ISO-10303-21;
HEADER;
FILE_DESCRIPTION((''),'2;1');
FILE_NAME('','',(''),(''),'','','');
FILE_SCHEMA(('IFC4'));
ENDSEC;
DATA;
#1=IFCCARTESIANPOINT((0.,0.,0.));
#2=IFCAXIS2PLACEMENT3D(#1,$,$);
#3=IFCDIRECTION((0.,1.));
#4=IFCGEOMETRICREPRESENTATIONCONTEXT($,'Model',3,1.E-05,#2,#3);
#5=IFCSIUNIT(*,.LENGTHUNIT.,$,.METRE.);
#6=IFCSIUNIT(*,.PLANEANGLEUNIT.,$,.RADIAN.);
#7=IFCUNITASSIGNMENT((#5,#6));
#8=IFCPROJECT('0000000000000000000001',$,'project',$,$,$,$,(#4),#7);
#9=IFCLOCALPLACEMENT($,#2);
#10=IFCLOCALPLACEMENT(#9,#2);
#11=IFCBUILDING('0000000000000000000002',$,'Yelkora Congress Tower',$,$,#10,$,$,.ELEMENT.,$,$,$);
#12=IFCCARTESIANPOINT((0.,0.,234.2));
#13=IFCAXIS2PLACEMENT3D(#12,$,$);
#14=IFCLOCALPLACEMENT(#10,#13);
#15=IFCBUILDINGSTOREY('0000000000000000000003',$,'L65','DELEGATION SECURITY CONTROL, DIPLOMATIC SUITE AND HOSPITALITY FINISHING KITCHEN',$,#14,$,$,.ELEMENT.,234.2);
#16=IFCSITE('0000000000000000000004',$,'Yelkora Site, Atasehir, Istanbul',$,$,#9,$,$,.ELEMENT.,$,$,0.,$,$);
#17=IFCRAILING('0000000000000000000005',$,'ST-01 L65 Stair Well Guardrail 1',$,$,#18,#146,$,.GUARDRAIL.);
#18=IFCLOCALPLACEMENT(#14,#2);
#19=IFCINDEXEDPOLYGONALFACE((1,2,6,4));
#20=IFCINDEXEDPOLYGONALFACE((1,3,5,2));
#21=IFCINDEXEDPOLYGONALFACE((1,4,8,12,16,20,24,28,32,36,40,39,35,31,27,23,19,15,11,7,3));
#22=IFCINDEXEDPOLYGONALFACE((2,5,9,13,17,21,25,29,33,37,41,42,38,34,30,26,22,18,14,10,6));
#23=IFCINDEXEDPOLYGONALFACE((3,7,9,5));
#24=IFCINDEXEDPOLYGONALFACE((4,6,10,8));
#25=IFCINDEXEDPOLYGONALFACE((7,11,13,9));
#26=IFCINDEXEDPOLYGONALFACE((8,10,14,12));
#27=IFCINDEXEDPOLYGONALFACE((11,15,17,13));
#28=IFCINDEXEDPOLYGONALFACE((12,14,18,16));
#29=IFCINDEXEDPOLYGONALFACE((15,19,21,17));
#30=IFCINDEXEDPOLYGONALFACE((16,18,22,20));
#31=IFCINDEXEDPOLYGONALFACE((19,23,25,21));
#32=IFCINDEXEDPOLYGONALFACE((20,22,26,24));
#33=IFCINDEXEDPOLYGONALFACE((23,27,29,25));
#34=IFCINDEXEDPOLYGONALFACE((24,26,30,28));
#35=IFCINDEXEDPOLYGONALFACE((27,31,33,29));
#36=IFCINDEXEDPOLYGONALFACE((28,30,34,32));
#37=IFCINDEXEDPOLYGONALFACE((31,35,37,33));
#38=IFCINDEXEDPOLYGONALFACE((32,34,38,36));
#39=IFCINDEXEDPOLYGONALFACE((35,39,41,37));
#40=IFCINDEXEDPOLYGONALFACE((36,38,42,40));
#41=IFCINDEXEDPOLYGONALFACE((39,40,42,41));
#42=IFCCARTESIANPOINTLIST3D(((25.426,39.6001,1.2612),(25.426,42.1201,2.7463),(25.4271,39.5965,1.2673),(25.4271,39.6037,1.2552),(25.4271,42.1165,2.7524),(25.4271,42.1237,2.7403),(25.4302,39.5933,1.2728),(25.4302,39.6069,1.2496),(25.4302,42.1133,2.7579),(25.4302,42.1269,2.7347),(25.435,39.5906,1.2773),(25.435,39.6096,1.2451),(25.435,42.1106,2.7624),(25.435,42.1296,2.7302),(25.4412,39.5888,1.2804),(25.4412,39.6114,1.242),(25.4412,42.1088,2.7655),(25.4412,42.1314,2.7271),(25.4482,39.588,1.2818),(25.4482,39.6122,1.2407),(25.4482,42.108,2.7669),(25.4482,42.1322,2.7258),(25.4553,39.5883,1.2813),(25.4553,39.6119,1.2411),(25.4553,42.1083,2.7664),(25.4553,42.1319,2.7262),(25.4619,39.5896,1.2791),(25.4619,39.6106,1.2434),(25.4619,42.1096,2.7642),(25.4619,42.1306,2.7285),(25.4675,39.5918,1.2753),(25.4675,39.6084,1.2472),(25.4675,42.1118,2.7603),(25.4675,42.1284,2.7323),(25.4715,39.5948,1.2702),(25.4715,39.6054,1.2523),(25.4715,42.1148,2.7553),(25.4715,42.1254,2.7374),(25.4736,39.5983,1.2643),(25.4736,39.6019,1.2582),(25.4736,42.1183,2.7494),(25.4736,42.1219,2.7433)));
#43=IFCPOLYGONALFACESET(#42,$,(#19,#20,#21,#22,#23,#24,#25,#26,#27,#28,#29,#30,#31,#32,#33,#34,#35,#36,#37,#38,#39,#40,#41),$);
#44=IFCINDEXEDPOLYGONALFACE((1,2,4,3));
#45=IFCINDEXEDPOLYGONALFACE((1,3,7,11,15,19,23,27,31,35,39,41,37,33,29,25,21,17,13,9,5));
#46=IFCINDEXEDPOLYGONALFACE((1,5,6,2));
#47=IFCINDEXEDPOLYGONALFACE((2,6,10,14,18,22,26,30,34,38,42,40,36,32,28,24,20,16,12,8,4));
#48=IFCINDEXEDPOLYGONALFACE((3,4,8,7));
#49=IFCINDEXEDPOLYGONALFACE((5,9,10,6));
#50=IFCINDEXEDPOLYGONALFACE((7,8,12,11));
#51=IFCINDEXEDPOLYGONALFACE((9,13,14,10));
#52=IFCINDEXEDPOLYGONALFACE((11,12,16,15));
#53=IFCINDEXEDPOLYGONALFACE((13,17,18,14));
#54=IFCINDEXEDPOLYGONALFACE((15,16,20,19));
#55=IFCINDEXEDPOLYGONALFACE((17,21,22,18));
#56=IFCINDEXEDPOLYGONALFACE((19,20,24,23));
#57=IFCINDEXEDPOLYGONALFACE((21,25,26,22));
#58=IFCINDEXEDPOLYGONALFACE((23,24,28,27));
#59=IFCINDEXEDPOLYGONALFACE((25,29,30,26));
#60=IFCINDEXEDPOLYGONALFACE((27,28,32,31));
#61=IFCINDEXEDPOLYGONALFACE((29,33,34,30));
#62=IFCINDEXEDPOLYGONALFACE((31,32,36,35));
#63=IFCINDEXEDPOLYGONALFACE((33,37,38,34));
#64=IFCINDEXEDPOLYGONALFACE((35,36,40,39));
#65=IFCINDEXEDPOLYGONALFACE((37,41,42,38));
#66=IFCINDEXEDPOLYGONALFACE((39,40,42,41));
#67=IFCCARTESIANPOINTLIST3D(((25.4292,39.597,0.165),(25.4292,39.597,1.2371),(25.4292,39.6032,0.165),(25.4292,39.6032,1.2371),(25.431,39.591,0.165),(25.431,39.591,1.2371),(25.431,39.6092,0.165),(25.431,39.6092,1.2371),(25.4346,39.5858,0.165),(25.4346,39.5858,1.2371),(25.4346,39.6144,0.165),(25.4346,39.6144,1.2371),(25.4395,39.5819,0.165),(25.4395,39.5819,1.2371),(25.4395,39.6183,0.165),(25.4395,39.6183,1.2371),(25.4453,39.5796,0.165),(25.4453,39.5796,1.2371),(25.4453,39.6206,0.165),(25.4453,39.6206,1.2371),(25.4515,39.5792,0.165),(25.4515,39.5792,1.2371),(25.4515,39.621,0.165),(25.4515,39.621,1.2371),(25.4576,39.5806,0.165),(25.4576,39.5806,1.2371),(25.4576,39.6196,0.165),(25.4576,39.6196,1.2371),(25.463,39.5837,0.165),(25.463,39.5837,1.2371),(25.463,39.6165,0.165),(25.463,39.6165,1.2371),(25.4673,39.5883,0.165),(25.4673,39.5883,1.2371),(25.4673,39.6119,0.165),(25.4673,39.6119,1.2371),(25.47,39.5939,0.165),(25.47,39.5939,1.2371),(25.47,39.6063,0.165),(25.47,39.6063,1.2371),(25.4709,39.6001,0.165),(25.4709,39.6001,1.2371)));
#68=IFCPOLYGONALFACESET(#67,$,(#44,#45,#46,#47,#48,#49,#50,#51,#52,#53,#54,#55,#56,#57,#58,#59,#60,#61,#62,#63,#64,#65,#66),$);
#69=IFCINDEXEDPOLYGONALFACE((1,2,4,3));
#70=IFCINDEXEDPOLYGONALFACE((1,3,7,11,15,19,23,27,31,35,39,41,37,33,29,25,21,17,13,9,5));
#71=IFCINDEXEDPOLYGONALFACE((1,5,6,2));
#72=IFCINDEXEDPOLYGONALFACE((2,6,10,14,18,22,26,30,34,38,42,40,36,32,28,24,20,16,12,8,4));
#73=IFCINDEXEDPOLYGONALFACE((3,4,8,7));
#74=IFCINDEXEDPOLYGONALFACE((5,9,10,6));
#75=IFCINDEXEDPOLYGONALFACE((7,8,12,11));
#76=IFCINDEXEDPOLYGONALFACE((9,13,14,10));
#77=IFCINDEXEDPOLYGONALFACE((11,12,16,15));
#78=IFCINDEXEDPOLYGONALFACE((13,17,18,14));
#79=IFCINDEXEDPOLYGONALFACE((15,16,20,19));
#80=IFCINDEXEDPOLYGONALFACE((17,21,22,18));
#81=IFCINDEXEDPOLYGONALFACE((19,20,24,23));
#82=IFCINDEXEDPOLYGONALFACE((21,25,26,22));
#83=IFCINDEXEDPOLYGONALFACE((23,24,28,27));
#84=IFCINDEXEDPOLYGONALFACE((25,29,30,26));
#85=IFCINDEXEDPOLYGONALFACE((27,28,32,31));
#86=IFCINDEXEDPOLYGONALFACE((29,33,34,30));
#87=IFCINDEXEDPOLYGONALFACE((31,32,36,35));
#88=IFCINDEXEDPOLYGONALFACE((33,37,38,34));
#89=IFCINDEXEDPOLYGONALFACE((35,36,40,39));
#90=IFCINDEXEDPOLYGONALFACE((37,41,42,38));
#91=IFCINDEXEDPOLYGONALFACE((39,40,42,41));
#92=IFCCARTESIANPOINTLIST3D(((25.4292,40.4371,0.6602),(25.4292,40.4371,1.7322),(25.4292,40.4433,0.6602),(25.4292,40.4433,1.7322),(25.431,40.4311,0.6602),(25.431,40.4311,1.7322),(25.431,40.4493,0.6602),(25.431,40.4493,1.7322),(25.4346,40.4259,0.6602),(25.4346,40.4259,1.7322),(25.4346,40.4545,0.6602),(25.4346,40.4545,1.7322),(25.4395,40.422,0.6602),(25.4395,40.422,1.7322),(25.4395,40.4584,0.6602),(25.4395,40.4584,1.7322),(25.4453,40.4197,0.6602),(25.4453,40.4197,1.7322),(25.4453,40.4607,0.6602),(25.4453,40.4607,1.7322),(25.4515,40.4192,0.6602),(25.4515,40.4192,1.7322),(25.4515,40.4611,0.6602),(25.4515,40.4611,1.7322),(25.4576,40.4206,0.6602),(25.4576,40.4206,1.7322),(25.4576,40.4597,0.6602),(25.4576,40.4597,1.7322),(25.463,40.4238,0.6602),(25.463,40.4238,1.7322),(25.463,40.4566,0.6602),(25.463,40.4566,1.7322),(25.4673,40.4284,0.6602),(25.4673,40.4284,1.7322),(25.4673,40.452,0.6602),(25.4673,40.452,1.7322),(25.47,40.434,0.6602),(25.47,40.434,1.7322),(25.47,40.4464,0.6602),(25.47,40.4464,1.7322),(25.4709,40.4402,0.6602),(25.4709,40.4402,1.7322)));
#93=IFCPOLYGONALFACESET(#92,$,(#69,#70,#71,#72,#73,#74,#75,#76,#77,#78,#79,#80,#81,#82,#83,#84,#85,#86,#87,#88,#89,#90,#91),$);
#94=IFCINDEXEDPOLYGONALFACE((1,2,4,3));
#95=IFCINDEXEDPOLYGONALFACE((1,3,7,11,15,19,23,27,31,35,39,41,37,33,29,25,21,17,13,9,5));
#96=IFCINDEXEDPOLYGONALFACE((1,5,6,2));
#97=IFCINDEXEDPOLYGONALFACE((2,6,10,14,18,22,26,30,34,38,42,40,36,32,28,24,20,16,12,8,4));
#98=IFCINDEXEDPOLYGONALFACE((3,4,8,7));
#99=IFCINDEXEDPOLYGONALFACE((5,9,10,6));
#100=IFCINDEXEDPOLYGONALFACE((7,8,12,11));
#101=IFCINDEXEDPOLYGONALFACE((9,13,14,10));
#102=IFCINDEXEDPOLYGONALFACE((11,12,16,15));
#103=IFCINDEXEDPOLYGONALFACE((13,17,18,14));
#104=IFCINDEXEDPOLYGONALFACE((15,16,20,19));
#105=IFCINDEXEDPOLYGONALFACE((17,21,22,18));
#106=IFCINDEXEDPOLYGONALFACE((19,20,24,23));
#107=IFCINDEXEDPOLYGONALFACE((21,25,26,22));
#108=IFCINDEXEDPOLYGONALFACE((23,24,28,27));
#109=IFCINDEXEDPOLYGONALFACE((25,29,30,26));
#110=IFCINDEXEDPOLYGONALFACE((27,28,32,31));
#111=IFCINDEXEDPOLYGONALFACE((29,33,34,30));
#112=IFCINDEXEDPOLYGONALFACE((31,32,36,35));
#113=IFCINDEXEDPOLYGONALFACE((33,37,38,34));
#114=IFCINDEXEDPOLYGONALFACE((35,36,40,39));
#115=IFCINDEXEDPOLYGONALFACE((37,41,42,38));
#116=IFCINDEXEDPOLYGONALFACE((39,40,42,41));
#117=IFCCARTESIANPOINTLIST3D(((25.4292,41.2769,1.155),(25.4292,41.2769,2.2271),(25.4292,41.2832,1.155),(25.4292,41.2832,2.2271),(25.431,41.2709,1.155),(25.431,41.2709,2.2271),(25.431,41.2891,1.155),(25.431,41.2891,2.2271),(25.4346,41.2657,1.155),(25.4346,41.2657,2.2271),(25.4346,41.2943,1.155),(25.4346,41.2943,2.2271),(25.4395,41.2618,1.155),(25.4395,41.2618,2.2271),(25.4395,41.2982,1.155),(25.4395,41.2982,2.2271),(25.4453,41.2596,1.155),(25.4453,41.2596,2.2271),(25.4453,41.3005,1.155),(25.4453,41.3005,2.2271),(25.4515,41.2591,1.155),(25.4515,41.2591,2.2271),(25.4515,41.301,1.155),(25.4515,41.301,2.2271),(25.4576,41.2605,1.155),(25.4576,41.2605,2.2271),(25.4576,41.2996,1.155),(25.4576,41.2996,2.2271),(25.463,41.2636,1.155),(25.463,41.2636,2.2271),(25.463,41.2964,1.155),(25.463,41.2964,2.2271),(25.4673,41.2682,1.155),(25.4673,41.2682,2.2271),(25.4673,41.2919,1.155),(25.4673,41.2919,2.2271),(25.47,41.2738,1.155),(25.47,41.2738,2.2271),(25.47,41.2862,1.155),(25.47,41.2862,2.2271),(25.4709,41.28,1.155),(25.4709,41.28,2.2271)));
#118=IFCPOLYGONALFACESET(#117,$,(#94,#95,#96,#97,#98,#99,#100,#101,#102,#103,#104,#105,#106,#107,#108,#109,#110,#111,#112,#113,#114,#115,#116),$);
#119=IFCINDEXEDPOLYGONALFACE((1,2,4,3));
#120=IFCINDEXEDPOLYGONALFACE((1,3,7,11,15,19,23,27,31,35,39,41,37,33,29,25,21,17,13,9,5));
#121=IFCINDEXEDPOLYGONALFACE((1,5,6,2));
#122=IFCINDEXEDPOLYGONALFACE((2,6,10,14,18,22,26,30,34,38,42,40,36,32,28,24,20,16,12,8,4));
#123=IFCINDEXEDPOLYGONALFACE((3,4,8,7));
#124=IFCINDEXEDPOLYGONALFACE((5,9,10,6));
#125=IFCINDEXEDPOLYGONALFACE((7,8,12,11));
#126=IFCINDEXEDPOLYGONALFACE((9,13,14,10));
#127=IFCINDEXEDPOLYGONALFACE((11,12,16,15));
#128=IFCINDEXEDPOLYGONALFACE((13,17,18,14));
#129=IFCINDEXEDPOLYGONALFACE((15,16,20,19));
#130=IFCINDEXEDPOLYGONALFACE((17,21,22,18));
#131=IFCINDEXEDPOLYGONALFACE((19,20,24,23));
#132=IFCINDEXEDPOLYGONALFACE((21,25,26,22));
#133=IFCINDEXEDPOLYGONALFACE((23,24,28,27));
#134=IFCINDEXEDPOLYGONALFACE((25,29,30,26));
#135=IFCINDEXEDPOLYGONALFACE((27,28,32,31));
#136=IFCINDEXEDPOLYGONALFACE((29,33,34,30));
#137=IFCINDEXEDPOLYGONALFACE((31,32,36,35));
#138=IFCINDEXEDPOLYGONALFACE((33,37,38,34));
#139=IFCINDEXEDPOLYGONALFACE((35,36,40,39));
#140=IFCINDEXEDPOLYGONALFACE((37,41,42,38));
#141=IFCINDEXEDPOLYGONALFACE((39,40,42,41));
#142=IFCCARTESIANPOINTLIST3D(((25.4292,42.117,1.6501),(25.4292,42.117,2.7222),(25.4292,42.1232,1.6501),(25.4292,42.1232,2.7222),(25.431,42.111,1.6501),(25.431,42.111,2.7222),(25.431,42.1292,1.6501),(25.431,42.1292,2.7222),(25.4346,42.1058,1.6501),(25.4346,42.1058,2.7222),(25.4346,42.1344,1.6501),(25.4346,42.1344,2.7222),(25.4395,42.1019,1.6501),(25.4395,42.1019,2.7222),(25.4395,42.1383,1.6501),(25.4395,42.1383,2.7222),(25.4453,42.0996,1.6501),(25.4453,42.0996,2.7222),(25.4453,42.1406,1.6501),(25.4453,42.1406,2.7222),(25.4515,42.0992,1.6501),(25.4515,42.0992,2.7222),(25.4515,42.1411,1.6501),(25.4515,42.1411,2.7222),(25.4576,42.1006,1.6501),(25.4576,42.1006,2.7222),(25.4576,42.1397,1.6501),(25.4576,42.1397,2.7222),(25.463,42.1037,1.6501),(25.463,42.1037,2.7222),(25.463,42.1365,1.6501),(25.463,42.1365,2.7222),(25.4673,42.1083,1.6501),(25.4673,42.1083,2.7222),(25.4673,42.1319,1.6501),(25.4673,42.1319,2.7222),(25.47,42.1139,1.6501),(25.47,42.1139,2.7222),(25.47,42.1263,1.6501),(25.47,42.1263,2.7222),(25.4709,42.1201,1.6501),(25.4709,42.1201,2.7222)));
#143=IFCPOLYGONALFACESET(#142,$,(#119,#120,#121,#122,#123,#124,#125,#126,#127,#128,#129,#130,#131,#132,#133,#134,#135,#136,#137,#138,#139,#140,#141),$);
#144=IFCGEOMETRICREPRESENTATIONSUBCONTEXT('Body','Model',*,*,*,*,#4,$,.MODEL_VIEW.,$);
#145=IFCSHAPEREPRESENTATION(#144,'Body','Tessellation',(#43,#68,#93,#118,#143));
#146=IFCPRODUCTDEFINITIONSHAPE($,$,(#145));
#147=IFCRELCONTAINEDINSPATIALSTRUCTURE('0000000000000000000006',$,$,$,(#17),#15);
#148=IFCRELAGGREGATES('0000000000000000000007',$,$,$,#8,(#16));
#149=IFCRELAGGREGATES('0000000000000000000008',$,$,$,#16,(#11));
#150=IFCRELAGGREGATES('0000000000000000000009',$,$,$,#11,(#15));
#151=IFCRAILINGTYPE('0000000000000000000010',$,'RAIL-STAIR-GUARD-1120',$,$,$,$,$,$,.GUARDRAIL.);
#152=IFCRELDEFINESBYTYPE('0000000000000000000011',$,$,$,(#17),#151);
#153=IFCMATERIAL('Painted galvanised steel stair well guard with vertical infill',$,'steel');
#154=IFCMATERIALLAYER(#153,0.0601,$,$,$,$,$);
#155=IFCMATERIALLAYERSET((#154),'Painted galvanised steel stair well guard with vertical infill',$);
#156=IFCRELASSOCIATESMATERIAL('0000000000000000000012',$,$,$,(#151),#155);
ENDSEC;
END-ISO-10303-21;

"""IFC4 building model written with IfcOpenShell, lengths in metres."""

from ifc_helpers import new_model, si_unit, direction, frame, origin, origin_2d, place, context, subcontext, project, spatial, circle, extrude, material, layer, layer_set, type_object, element, save


model = new_model("IFC4")

# Units and contexts
model_context = context("Model", 3, precision=1e-05, world=origin(), true_north=direction((0.0, 1.0)))
body_context = subcontext(model_context, "Body", "Model", "MODEL_VIEW")
ifc_project = project(units=[si_unit("LENGTHUNIT", "METRE"), si_unit("PLANEANGLEUNIT", "RADIAN")], contexts=[model_context])

# Site, building, storey
site_placement = place(None, origin())
site = spatial("IfcSite", under=ifc_project, at=site_placement, Name="Yelkora Site, Atasehir, Istanbul", CompositionType="ELEMENT", RefElevation=0.0)
building_placement = place(site_placement, origin())
building = spatial("IfcBuilding", under=site, at=building_placement, Name="Yelkora Congress Tower", CompositionType="ELEMENT")
storey_placement = place(building_placement, frame((0.0, 0.0, 234.2)))
storey = spatial("IfcBuildingStorey", under=building, at=storey_placement, Name="L65", Description="DELEGATION SECURITY CONTROL, DIPLOMATIC SUITE AND HOSPITALITY FINISHING KITCHEN", CompositionType="ELEMENT", Elevation=234.2)

# Railing
ifc_material_1 = material(Name="Painted galvanised steel stair well guard with vertical infill", Category="steel")
ifc_layer_1 = layer(ifc_material_1, 0.0601)
ifc_layer_set_1 = layer_set([ifc_layer_1], Name="Painted galvanised steel stair well guard with vertical infill")
railing_type_1 = type_object("IfcRailingType", Name="RAIL-STAIR-GUARD-1120", PredefinedType="GUARDRAIL", material=ifc_layer_set_1)
railing_1_placement = place(storey_placement, frame((25.45, 39.6001, 0.165)))
element("IfcRailing", 1, at=railing_1_placement, inside=storey, type_object=railing_type_1, Name="ST-01 L65 Stair Well Guardrail 1", PredefinedType="GUARDRAIL", context=body_context, shape_type="SweptSolid", body=[
    extrude(circle(Radius=0.0239, at=origin_2d()), frame((0.0, 0.0, 1.0962), z_axis=(0.0, 0.861524, 0.507717), x_axis=(-1.0, 0.0, 0.0)), (0.0, 0.0, 1.0), 2.925),
    extrude(circle(Radius=0.021, at=origin_2d()), origin(), (0.0, 0.0, 1.0), 1.072),
    extrude(circle(Radius=0.021, at=origin_2d()), frame((0.0, 0.8401, 0.4951)), (0.0, 0.0, 1.0), 1.072),
    extrude(circle(Radius=0.021, at=origin_2d()), frame((0.0, 1.6799, 0.99)), (0.0, 0.0, 1.0), 1.072),
    extrude(circle(Radius=0.021, at=origin_2d()), frame((0.0, 2.52, 1.4851)), (0.0, 0.0, 1.0), 1.072),
])

save(model, "model.ifc")
